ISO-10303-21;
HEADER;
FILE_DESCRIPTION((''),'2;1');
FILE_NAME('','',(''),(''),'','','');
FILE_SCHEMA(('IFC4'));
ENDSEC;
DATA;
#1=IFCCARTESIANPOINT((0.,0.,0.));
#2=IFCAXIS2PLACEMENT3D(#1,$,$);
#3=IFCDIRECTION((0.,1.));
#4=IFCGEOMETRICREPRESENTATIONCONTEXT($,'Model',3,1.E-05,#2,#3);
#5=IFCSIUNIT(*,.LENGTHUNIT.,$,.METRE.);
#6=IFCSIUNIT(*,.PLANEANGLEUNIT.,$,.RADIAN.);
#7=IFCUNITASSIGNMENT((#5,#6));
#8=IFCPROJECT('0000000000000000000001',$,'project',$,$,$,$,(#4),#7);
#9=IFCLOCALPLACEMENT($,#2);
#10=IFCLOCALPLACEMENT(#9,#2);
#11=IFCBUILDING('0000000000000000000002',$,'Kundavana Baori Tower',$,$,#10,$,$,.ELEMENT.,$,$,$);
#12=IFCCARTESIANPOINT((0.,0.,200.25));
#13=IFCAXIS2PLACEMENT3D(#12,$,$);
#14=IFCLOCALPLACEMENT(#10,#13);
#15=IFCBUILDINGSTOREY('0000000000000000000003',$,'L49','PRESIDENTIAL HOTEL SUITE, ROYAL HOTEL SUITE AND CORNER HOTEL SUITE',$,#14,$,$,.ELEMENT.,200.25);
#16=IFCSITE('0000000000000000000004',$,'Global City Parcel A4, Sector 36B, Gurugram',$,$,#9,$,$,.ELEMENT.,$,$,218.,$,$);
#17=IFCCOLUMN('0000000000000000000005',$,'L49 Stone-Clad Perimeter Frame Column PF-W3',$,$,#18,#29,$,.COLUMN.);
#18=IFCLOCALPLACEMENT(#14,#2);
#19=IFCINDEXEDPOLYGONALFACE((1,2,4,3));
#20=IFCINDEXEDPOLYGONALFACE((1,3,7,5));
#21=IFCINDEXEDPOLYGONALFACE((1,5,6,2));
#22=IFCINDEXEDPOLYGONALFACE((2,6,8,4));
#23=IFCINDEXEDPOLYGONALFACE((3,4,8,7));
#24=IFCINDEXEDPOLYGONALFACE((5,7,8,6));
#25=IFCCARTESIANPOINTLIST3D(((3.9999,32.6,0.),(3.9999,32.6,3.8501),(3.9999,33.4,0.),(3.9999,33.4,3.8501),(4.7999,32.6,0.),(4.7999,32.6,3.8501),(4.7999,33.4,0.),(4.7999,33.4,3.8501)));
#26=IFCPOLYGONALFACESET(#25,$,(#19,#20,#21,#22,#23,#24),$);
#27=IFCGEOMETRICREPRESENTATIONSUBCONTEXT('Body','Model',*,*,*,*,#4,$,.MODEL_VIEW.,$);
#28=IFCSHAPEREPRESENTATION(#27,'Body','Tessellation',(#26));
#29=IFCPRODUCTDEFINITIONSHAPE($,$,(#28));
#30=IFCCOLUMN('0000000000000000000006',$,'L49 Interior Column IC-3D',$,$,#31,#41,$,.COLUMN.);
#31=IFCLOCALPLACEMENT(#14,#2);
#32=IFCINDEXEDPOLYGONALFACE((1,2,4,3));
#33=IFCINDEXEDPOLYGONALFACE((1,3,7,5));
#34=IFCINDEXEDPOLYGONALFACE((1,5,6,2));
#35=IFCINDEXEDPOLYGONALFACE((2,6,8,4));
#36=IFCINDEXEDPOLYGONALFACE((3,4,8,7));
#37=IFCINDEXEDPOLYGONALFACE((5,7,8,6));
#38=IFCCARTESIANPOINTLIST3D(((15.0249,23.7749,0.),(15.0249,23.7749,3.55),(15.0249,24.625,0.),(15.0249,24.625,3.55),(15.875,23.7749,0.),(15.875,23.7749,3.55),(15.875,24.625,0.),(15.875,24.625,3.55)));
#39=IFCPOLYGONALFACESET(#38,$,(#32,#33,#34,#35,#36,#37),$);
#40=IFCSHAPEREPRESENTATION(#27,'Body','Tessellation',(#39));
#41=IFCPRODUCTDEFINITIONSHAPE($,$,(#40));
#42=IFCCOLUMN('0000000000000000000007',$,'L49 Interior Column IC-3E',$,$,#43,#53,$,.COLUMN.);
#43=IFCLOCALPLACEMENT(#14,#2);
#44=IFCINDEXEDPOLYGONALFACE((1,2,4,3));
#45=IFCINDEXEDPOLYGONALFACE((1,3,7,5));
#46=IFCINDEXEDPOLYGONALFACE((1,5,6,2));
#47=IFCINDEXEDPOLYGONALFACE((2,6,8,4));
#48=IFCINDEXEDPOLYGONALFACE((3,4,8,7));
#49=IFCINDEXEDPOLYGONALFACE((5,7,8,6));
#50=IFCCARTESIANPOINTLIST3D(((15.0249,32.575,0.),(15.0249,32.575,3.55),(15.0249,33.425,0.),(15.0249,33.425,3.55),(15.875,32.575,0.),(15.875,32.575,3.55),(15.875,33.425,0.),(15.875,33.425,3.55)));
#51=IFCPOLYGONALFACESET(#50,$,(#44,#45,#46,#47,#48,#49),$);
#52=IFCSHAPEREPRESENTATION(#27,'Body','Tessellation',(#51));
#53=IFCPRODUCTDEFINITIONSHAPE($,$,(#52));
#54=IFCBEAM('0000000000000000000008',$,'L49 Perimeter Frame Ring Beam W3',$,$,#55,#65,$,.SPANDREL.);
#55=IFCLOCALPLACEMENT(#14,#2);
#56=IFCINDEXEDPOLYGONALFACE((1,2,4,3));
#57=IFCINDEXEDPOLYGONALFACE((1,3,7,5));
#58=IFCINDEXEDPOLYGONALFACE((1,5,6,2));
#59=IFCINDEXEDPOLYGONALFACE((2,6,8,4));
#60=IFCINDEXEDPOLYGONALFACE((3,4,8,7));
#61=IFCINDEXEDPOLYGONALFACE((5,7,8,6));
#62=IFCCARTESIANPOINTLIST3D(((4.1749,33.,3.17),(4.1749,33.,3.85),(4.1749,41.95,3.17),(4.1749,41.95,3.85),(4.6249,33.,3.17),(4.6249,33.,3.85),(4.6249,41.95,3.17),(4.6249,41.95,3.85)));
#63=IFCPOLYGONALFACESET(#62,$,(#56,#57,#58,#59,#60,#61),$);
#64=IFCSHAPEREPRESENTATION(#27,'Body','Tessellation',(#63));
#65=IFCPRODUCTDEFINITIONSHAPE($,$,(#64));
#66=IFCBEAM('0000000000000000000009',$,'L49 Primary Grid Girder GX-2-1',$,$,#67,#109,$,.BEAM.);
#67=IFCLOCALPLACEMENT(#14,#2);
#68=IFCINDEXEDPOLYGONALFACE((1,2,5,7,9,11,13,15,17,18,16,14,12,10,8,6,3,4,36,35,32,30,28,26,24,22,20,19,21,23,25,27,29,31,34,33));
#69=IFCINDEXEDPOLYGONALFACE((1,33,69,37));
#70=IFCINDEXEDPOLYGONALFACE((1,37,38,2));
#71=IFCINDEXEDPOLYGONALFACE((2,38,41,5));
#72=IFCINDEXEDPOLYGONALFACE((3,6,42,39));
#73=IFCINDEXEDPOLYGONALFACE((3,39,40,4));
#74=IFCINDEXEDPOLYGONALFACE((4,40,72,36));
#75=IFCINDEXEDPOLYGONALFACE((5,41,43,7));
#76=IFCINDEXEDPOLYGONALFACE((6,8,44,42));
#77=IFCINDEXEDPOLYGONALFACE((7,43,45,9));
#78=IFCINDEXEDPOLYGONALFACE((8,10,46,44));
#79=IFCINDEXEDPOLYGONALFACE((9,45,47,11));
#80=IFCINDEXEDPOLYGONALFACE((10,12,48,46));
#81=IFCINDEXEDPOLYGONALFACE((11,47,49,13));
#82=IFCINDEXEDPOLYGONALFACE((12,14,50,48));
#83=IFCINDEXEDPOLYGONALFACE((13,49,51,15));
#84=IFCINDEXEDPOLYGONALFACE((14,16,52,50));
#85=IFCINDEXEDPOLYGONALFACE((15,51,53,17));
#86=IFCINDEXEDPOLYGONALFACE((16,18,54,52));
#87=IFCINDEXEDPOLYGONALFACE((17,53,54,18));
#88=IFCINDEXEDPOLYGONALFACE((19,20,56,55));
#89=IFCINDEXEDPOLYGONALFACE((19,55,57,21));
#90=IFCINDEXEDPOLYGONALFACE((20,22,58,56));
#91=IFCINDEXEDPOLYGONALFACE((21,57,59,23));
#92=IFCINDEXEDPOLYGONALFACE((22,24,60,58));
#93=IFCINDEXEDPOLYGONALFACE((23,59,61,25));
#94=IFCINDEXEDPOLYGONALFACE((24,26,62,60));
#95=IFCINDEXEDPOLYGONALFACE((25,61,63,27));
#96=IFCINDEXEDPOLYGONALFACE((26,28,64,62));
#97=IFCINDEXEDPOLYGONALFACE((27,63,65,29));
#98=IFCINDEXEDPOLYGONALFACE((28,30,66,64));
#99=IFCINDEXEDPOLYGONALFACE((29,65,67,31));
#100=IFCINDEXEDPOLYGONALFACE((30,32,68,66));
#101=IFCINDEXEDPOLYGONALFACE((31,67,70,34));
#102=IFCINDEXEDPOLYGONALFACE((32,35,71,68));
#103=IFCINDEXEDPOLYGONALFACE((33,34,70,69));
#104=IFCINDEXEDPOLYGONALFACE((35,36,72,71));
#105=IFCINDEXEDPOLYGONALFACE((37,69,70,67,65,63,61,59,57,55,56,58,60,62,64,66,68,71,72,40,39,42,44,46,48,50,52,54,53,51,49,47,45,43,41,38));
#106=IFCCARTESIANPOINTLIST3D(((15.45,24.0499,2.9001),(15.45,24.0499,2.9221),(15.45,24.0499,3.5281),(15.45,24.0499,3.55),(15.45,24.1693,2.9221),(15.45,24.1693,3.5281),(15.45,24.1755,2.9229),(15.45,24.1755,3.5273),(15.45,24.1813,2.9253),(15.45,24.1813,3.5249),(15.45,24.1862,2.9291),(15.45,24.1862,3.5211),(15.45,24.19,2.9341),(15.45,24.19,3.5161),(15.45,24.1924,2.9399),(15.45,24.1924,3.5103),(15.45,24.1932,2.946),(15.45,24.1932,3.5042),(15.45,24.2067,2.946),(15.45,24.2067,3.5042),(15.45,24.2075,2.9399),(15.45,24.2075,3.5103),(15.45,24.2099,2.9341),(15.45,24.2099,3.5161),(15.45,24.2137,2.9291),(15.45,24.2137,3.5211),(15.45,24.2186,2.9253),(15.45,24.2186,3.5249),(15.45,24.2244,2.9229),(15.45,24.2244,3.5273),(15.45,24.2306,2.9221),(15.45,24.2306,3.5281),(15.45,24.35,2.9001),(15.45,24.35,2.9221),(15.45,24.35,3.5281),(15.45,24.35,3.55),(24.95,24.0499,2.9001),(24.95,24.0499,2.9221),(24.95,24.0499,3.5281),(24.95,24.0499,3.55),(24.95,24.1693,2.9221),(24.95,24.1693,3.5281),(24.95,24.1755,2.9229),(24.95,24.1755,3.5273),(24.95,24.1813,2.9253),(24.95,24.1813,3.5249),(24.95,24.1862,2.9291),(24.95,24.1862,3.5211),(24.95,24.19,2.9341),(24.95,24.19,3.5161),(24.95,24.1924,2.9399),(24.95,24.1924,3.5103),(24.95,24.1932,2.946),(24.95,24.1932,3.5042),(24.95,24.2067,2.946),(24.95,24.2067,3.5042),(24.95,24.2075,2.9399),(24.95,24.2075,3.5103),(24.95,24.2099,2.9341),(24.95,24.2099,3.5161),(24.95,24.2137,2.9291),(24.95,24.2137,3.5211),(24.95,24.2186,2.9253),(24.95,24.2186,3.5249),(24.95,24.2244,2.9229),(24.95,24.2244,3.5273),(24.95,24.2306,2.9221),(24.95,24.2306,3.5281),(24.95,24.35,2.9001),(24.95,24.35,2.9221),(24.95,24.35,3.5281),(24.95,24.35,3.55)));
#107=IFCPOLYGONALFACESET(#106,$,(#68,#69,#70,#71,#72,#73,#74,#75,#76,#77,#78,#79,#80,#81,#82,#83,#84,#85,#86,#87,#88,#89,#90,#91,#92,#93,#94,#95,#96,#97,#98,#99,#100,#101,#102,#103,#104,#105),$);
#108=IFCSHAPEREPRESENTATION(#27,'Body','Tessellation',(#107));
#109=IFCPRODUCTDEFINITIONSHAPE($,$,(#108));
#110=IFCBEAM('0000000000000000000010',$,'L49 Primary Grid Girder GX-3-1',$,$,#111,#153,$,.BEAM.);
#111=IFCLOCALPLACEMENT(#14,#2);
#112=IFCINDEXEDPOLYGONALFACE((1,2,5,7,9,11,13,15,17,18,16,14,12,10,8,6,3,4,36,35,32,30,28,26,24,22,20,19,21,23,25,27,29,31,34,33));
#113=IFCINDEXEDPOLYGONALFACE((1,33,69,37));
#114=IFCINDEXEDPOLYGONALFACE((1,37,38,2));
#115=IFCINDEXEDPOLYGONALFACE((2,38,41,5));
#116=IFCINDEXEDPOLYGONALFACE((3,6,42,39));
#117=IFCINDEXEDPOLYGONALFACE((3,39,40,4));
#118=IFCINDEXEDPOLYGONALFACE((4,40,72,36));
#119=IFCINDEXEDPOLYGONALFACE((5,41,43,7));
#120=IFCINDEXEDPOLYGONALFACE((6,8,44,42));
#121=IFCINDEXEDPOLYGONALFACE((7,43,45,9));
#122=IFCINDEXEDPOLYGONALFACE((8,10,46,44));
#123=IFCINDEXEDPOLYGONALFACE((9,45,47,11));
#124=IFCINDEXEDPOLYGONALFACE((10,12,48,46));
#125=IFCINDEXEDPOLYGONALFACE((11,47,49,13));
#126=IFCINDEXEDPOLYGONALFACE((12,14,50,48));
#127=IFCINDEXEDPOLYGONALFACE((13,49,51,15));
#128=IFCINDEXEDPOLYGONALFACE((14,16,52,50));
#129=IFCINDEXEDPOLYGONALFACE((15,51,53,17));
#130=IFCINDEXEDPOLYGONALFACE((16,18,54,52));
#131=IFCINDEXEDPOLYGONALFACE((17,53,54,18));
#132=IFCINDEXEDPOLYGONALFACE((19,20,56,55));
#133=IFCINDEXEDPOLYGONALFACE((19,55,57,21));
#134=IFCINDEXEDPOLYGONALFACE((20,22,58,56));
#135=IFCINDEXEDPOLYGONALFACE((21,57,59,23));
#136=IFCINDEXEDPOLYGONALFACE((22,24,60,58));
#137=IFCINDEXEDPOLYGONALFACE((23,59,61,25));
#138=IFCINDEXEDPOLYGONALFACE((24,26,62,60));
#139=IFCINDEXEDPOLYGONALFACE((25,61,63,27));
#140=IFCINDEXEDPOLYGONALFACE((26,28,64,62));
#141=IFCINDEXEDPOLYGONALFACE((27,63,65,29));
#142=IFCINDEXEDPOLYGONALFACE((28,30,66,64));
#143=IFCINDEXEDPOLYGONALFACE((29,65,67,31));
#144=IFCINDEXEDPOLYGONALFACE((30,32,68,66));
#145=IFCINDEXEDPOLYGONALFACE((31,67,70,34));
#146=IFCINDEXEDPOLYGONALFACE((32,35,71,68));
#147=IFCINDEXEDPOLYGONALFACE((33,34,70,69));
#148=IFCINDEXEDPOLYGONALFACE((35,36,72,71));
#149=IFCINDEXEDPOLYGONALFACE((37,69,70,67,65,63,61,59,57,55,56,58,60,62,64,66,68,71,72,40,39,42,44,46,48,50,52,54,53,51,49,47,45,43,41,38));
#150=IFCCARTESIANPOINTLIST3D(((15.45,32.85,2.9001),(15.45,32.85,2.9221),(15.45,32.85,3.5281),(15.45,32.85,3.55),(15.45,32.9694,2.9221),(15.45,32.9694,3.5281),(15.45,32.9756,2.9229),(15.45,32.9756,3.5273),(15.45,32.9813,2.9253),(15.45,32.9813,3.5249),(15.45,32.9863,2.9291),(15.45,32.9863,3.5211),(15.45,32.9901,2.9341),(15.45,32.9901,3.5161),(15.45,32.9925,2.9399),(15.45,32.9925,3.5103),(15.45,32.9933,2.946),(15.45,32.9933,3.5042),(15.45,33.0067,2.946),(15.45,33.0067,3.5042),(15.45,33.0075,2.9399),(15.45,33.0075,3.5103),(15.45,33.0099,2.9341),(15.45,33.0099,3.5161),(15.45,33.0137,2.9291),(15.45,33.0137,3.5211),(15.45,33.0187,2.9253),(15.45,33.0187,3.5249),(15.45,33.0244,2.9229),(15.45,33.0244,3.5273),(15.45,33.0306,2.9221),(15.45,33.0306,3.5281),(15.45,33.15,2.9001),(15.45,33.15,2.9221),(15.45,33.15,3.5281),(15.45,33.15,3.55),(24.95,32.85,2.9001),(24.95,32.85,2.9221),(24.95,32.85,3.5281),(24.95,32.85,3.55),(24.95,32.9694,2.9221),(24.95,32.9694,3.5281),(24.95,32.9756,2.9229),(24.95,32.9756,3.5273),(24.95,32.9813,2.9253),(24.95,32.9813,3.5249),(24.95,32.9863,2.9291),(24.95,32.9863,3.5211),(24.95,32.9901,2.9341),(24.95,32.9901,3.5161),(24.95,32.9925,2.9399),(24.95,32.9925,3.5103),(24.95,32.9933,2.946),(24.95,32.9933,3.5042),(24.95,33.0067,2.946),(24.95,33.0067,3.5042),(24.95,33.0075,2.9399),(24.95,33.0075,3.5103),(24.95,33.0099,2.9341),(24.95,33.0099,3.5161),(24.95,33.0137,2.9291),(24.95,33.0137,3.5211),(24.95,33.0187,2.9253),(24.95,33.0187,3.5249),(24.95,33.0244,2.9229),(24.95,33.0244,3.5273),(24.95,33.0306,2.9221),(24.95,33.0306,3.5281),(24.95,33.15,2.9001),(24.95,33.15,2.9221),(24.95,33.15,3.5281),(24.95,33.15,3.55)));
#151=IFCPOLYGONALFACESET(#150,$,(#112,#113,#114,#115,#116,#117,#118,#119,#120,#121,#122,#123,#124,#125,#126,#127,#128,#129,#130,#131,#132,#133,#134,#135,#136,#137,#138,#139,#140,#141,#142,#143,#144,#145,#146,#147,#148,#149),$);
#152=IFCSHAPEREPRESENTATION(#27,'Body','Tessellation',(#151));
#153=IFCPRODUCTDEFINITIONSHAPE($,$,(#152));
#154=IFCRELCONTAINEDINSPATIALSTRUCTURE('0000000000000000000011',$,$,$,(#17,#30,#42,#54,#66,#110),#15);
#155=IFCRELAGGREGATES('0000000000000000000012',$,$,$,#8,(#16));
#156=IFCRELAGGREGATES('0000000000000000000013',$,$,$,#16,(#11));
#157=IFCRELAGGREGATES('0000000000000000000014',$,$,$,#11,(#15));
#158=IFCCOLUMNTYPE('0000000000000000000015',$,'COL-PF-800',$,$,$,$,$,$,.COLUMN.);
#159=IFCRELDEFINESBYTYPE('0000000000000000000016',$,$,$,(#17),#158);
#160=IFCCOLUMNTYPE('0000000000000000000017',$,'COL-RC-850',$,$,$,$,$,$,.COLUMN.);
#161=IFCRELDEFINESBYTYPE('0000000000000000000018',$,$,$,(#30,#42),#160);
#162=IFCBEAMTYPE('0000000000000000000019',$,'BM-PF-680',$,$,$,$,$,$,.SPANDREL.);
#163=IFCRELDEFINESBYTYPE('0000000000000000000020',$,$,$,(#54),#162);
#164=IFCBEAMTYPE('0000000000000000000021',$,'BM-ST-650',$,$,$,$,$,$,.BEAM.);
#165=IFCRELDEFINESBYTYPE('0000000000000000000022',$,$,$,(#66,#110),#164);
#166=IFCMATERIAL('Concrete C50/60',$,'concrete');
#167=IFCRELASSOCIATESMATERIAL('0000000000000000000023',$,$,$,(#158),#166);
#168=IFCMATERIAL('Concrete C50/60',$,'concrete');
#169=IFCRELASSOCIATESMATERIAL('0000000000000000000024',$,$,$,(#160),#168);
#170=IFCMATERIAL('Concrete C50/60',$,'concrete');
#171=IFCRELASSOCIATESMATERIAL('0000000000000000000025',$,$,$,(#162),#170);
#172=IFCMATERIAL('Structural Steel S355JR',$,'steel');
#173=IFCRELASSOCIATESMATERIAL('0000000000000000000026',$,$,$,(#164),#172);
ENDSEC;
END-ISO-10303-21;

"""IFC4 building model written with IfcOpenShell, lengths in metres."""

from ifc_helpers import new_model, si_unit, direction, frame, origin, origin_2d, place, context, subcontext, project, spatial, rectangle, i_section, extrude, material, material_profile, profile_set, type_object, element, save


model = new_model("IFC4")

# Units and contexts
model_context = context("Model", 3, precision=1e-05, world=origin(), true_north=direction((0.0, 1.0)))
body_context = subcontext(model_context, "Body", "Model", "MODEL_VIEW")
ifc_project = project(units=[si_unit("LENGTHUNIT", "METRE"), si_unit("PLANEANGLEUNIT", "RADIAN")], contexts=[model_context])

# Site, building, storey
site_placement = place(None, origin())
site = spatial("IfcSite", under=ifc_project, at=site_placement, Name="Global City Parcel A4, Sector 36B, Gurugram", CompositionType="ELEMENT", RefElevation=218.0)
building_placement = place(site_placement, origin())
building = spatial("IfcBuilding", under=site, at=building_placement, Name="Kundavana Baori Tower", CompositionType="ELEMENT")
storey_placement = place(building_placement, frame((0.0, 0.0, 200.25)))
storey = spatial("IfcBuildingStorey", under=building, at=storey_placement, Name="L49", Description="PRESIDENTIAL HOTEL SUITE, ROYAL HOTEL SUITE AND CORNER HOTEL SUITE", CompositionType="ELEMENT", Elevation=200.25)

# Columns
ifc_material_1 = material(Name="Concrete C50/60", Category="concrete")
ifc_material_profile_1 = material_profile(ifc_material_1, rectangle(XDim=0.8, YDim=0.8, at=origin_2d()), Name="RC PF 800x800")
ifc_profile_set_1 = profile_set([ifc_material_profile_1], Name="Concrete C50/60")
column_type_1 = type_object("IfcColumnType", Name="COL-PF-800", PredefinedType="COLUMN", material=ifc_profile_set_1)
column_placement = place(storey_placement, frame((4.3999, 33.0, 0.0), z_axis=(0.0, 0.0, 1.0), x_axis=(1.0, 0.0, 0.0)))
element("IfcColumn", 1, at=column_placement, inside=storey, type_object=column_type_1, Name="L49 Stone-Clad Perimeter Frame Column PF-W3", PredefinedType="COLUMN", context=body_context, shape_type="SweptSolid", body=[
    extrude(rectangle(XDim=0.8, YDim=0.8, at=origin_2d()), origin(), (0.0, 0.0, 1.0), 3.8501),
])
ifc_material_2 = material(Name="Concrete C50/60", Category="concrete")
ifc_material_profile_2 = material_profile(ifc_material_2, rectangle(XDim=0.8501, YDim=0.8501, at=origin_2d()), Name="RC 850x850")
ifc_profile_set_2 = profile_set([ifc_material_profile_2], Name="Concrete C50/60")
column_type_2 = type_object("IfcColumnType", Name="COL-RC-850", PredefinedType="COLUMN", material=ifc_profile_set_2)
for number, where, z_axis, x_axis, name in (
    (2, (15.45, 24.2, 0.0), (0.0, 0.0, 1.0), (1.0, 0.0, 0.0), "L49 Interior Column IC-3D"),
    (3, (15.45, 33.0, 0.0), (0.0, 0.0, 1.0), (1.0, 0.0, 0.0), "L49 Interior Column IC-3E"),
):
    element("IfcColumn", number, at=place(storey_placement, frame(where, z_axis=z_axis, x_axis=x_axis)), inside=storey, type_object=column_type_2, Name=name, PredefinedType="COLUMN", context=body_context, shape_type="SweptSolid", body=[
        extrude(rectangle(XDim=0.8501, YDim=0.8501, at=origin_2d()), origin(), (0.0, 0.0, 1.0), 3.55),
    ])

# Beams
ifc_material_3 = material(Name="Concrete C50/60", Category="concrete")
ifc_material_profile_3 = material_profile(ifc_material_3, rectangle(XDim=0.45, YDim=0.6799, at=origin_2d()), Name="RC BM 450x680")
ifc_profile_set_3 = profile_set([ifc_material_profile_3], Name="Concrete C50/60")
beam_type_1 = type_object("IfcBeamType", Name="BM-PF-680", PredefinedType="SPANDREL", material=ifc_profile_set_3)
beam_placement = place(storey_placement, frame((4.3999, 33.0, 3.51), z_axis=(0.0, 1.0, 0.0), x_axis=(-1.0, 0.0, 0.0)))
element("IfcBeam", 4, at=beam_placement, inside=storey, type_object=beam_type_1, Name="L49 Perimeter Frame Ring Beam W3", PredefinedType="SPANDREL", context=body_context, shape_type="SweptSolid", body=[
    extrude(rectangle(XDim=0.45, YDim=0.6799, at=origin_2d()), origin(), (0.0, 0.0, 1.0), 8.95),
])
ifc_material_4 = material(Name="Structural Steel S355JR", Category="steel")
ifc_material_profile_4 = material_profile(ifc_material_4, i_section(OverallWidth=0.3, OverallDepth=0.6499, WebThickness=0.0134, FlangeThickness=0.022, FilletRadius=0.0239, at=origin_2d()), Name="NPB 650x300x155")
ifc_profile_set_4 = profile_set([ifc_material_profile_4], Name="Structural Steel S355JR")
beam_type_2 = type_object("IfcBeamType", Name="BM-ST-650", PredefinedType="BEAM", material=ifc_profile_set_4)
for number, where, z_axis, x_axis, name in (
    (5, (15.45, 24.2, 3.2251), (1.0, 0.0, 0.0), (0.0, 1.0, 0.0), "L49 Primary Grid Girder GX-2-1"),
    (6, (15.45, 33.0, 3.2251), (1.0, 0.0, 0.0), (0.0, 1.0, 0.0), "L49 Primary Grid Girder GX-3-1"),
):
    element("IfcBeam", number, at=place(storey_placement, frame(where, z_axis=z_axis, x_axis=x_axis)), inside=storey, type_object=beam_type_2, Name=name, PredefinedType="BEAM", context=body_context, shape_type="SweptSolid", body=[
        extrude(i_section(OverallWidth=0.3, OverallDepth=0.6499, WebThickness=0.0134, FlangeThickness=0.022, FilletRadius=0.0239, at=origin_2d()), origin(), (0.0, 0.0, 1.0), 9.5),
    ])

save(model, "model.ifc")
